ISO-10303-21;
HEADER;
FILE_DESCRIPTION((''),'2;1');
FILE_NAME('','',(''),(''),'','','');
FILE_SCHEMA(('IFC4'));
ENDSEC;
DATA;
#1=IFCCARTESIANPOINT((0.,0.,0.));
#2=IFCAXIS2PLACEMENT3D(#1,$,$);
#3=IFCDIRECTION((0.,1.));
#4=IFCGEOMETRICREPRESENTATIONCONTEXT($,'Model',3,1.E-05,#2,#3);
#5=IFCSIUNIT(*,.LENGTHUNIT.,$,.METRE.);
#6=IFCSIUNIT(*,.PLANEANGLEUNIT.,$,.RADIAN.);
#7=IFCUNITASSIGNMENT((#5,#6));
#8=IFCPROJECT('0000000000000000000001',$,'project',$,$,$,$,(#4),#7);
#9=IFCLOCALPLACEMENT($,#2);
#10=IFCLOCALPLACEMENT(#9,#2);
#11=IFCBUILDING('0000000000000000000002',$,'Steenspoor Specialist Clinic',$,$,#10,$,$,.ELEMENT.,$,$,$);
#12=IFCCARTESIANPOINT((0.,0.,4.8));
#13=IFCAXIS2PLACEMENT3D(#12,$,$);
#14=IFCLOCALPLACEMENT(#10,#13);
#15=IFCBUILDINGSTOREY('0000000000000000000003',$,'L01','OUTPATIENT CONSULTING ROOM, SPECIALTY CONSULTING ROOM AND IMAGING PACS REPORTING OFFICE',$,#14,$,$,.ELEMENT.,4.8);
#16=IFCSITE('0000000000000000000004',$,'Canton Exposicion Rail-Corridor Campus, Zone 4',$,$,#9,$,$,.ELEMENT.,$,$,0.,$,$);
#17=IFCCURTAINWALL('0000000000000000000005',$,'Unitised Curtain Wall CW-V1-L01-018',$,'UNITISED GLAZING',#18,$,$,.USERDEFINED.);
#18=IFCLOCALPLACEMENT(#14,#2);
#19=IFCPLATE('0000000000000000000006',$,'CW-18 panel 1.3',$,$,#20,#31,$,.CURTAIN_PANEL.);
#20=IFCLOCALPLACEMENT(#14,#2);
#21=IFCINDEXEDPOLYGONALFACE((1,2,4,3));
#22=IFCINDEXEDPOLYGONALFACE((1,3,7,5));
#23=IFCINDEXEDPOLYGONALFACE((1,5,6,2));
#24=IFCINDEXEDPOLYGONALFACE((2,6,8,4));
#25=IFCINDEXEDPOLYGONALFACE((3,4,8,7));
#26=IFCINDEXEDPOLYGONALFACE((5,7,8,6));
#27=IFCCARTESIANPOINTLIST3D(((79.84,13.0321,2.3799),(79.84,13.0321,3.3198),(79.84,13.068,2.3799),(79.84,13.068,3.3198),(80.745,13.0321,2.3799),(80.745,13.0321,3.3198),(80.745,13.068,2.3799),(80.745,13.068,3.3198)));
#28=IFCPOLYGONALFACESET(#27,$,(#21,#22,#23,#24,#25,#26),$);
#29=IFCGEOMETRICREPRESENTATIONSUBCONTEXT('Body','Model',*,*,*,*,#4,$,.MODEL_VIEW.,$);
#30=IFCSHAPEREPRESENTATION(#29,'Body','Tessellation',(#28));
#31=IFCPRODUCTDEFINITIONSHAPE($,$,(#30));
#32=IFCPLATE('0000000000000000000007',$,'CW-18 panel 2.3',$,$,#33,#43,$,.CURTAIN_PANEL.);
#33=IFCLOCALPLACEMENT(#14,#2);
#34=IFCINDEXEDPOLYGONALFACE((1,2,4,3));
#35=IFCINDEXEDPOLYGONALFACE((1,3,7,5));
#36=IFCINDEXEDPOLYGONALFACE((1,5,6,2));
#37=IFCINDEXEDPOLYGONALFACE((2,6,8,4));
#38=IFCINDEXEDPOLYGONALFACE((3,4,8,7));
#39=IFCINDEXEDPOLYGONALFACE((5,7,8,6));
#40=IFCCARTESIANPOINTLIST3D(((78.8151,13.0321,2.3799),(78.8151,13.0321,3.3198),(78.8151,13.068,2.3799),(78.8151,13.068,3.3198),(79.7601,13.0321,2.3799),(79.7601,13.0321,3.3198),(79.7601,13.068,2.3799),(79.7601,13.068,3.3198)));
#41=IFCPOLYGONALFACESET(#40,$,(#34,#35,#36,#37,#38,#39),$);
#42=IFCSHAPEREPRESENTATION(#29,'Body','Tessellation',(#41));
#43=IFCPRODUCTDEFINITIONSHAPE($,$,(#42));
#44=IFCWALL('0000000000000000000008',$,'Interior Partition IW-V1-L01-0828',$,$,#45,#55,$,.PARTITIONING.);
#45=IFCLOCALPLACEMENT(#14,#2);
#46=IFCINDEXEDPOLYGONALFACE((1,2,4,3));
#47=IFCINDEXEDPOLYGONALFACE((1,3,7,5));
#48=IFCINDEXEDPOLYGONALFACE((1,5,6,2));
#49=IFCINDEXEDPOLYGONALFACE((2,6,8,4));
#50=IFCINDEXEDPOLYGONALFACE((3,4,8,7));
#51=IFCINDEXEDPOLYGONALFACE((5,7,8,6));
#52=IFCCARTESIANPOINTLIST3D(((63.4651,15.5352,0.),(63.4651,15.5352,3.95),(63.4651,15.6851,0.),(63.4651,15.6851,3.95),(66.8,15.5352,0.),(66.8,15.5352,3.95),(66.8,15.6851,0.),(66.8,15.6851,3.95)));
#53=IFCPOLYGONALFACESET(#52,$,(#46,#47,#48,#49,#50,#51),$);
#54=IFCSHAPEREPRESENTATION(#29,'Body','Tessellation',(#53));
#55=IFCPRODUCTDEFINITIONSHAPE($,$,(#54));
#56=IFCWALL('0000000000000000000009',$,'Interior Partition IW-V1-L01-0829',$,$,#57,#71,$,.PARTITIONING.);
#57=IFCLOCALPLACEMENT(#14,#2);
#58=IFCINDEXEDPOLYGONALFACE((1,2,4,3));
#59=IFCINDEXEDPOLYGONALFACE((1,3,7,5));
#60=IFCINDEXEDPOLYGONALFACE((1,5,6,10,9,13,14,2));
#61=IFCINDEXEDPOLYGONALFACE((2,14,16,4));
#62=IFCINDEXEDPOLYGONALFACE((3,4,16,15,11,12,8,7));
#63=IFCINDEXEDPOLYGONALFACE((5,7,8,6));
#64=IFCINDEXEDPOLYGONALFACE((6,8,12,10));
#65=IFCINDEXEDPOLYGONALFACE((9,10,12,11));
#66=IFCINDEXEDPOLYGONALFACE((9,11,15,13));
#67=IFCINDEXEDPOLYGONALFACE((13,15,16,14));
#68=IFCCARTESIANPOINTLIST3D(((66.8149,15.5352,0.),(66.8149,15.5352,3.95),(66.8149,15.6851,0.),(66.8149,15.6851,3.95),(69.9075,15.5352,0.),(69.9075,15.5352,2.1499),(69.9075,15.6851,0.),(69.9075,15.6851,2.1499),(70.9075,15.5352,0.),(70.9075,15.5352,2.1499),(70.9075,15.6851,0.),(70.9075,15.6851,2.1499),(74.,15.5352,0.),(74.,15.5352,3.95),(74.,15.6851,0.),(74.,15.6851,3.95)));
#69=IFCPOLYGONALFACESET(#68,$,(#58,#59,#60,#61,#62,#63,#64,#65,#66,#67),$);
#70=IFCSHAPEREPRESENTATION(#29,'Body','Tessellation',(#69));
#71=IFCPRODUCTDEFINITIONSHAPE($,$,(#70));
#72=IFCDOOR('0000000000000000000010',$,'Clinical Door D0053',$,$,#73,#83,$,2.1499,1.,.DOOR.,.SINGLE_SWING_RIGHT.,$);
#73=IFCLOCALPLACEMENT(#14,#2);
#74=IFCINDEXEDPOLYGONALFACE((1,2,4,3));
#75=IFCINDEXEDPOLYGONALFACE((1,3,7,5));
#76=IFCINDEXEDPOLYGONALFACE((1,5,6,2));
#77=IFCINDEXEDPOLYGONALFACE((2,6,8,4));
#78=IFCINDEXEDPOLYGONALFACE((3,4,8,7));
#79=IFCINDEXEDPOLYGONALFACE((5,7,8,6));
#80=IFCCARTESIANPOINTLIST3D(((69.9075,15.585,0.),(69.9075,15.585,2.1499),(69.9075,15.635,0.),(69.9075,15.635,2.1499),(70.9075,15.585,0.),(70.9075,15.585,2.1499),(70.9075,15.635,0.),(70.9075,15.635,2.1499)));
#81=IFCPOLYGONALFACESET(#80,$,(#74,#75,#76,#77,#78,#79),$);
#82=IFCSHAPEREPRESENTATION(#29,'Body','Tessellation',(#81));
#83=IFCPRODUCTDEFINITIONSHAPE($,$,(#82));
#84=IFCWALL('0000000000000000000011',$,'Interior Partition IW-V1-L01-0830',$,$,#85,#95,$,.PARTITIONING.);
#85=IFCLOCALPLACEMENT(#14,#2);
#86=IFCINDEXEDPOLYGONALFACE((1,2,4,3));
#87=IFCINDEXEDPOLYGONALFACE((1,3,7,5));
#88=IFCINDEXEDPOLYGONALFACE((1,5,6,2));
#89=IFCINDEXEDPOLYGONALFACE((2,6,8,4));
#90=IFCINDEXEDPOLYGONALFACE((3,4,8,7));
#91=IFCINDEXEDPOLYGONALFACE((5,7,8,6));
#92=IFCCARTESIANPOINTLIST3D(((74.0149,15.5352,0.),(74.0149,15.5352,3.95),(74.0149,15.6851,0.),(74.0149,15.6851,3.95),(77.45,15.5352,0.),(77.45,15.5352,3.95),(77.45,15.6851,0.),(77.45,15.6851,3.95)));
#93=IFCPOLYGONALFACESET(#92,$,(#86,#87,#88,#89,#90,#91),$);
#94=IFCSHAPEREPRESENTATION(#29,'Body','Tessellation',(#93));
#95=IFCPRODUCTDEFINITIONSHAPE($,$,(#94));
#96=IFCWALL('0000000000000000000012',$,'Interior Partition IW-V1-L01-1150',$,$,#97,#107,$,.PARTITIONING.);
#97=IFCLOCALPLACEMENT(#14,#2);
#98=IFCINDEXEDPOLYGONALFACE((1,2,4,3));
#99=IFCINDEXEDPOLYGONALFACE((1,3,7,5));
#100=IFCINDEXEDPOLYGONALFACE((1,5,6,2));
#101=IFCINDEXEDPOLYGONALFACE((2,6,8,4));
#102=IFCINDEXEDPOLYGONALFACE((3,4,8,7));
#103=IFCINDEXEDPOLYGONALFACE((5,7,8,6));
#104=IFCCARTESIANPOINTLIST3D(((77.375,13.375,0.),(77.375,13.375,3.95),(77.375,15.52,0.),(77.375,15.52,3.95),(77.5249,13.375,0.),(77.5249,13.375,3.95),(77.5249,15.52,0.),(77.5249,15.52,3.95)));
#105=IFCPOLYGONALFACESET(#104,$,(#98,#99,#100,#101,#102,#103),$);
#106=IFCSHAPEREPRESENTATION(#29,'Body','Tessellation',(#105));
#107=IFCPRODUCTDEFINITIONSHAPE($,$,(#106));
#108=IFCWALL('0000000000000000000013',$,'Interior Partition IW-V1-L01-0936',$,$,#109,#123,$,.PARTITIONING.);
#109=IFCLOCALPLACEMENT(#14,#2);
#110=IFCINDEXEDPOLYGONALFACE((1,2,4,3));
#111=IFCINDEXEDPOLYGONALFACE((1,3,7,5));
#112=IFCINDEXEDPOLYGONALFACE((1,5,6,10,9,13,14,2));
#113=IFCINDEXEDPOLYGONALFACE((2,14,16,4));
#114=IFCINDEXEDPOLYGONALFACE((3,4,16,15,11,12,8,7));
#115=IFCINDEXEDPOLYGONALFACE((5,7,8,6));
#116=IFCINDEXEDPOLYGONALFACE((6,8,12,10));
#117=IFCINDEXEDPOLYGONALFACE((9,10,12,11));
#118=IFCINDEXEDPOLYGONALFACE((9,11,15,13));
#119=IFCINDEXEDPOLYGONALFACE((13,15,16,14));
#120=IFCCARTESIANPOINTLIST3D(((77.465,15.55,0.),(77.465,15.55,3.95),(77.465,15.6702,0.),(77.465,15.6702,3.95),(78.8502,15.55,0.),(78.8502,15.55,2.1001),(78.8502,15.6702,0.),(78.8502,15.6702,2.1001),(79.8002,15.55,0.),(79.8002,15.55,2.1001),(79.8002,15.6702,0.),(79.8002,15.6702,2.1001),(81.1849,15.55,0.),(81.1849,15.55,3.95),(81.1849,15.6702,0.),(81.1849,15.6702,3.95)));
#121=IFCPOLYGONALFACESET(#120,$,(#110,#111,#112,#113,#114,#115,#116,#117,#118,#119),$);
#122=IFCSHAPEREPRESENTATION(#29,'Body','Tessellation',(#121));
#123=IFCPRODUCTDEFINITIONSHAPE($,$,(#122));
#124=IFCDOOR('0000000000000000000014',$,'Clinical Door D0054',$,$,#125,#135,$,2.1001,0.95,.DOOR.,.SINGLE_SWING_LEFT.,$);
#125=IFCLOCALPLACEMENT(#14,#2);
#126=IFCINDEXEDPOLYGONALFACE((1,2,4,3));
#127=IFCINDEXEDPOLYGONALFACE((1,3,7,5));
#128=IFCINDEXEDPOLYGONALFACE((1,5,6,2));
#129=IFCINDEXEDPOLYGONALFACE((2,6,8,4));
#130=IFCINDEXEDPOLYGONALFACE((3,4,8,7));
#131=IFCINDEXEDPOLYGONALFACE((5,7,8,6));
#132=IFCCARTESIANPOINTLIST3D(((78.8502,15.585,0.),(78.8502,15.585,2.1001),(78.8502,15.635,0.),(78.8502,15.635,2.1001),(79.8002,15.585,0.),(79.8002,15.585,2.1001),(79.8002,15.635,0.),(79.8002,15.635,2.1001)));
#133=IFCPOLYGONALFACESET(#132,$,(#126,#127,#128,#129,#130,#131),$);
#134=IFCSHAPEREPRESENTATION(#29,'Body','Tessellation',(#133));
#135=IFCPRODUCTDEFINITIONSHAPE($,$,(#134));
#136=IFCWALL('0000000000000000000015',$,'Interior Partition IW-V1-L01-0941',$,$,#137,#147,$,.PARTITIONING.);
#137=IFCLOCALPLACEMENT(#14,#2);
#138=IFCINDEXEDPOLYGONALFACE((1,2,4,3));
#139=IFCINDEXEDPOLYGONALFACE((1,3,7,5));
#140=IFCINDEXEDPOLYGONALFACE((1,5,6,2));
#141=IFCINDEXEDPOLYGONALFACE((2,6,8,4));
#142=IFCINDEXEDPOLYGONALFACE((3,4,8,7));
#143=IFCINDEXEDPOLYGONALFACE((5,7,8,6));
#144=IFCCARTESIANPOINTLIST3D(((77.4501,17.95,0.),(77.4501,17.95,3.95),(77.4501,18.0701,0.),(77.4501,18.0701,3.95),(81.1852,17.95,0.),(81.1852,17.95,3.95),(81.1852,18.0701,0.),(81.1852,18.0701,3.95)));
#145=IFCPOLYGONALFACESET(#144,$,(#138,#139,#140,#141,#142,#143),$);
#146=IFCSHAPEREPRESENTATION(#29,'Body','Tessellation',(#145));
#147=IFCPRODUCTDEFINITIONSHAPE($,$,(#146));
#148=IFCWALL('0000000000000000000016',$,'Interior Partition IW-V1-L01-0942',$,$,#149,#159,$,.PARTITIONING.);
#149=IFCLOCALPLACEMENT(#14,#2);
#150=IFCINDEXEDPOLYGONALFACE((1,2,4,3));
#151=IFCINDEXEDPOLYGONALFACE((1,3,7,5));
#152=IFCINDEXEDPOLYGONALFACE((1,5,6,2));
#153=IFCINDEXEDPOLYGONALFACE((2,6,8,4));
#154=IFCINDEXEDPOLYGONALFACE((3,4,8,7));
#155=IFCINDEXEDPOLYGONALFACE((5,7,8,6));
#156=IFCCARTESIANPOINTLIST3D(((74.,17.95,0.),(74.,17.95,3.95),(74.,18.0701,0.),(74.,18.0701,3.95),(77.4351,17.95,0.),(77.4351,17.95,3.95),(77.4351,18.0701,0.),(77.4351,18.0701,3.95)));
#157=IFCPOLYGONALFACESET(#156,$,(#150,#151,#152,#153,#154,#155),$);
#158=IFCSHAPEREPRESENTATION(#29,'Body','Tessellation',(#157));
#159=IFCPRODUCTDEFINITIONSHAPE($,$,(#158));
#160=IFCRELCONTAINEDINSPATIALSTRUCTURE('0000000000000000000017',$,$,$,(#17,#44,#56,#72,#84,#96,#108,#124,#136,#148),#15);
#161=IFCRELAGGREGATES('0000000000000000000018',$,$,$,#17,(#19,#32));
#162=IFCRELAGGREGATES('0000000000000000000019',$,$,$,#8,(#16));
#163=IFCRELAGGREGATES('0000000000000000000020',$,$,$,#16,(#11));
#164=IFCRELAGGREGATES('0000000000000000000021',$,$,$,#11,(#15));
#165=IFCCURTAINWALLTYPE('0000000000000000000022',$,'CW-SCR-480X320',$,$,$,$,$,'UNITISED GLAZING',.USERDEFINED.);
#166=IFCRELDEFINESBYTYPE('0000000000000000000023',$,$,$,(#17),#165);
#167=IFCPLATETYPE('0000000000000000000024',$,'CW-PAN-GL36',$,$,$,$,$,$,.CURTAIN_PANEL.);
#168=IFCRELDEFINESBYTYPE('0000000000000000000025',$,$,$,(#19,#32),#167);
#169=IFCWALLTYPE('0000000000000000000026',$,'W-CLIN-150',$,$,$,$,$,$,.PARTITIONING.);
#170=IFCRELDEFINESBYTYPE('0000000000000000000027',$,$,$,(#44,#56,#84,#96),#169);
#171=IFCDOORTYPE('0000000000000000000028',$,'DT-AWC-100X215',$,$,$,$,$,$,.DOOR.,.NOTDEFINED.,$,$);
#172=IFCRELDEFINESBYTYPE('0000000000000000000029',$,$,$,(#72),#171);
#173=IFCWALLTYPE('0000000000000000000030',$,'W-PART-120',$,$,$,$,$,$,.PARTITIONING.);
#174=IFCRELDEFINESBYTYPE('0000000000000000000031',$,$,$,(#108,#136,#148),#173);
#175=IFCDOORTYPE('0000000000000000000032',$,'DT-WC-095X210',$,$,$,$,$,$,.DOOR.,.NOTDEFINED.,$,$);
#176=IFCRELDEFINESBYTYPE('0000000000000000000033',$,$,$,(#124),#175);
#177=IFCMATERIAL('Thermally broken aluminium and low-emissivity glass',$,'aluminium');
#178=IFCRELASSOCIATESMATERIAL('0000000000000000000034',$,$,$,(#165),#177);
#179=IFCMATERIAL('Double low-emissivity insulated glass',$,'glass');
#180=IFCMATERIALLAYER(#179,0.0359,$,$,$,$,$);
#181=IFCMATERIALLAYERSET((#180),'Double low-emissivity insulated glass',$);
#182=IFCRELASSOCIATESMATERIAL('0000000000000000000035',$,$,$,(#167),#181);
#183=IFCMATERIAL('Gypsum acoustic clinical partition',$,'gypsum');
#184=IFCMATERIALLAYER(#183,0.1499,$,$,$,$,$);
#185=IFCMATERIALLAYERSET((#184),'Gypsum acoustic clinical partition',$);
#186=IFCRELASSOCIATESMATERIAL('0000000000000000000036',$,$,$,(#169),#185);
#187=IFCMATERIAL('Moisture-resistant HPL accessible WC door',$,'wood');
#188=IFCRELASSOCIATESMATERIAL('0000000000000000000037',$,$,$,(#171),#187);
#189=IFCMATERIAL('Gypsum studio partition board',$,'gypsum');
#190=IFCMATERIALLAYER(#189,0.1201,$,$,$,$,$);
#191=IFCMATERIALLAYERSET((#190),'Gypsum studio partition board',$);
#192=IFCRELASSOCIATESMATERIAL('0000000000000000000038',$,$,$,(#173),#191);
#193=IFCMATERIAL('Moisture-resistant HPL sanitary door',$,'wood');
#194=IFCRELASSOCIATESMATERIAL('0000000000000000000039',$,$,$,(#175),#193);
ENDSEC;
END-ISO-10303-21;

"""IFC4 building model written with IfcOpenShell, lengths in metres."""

from ifc_helpers import new_model, si_unit, direction, frame, frame_2d, origin, origin_2d, place, context, subcontext, project, spatial, rectangle, extrude, material, layer, layer_set, type_object, element, fill, aggregate, save


model = new_model("IFC4")

# Units and contexts
model_context = context("Model", 3, precision=1e-05, world=origin(), true_north=direction((0.0, 1.0)))
body_context = subcontext(model_context, "Body", "Model", "MODEL_VIEW")
ifc_project = project(units=[si_unit("LENGTHUNIT", "METRE"), si_unit("PLANEANGLEUNIT", "RADIAN")], contexts=[model_context])

# Site, building, storey
site_placement = place(None, origin())
site = spatial("IfcSite", under=ifc_project, at=site_placement, Name="Canton Exposicion Rail-Corridor Campus, Zone 4", CompositionType="ELEMENT", RefElevation=0.0)
building_placement = place(site_placement, origin())
building = spatial("IfcBuilding", under=site, at=building_placement, Name="Steenspoor Specialist Clinic", CompositionType="ELEMENT")
storey_placement = place(building_placement, frame((0.0, 0.0, 4.8)))
storey = spatial("IfcBuildingStorey", under=building, at=storey_placement, Name="L01", Description="OUTPATIENT CONSULTING ROOM, SPECIALTY CONSULTING ROOM AND IMAGING PACS REPORTING OFFICE", CompositionType="ELEMENT", Elevation=4.8)

# Curtain wall
ifc_material_1 = material(Name="Thermally broken aluminium and low-emissivity glass", Category="aluminium")
curtain_wall_type = type_object("IfcCurtainWallType", Name="CW-SCR-480X320", ElementType="UNITISED GLAZING", PredefinedType="USERDEFINED", material=ifc_material_1)
curtain_wall_placement = place(storey_placement, origin())
curtain_wall = element("IfcCurtainWall", 1, at=curtain_wall_placement, inside=storey, type_object=curtain_wall_type, Name="Unitised Curtain Wall CW-V1-L01-018", ObjectType="UNITISED GLAZING", PredefinedType="USERDEFINED")

# Plates
ifc_material_2 = material(Name="Double low-emissivity insulated glass", Category="glass")
ifc_layer_1 = layer(ifc_material_2, 0.0359)
ifc_layer_set_1 = layer_set([ifc_layer_1], Name="Double low-emissivity insulated glass")
plate_type = type_object("IfcPlateType", Name="CW-PAN-GL36", PredefinedType="CURTAIN_PANEL", material=ifc_layer_set_1)
plate_1_placement = place(storey_placement, frame((80.2925, 13.05, 2.3799), z_axis=(0.0, 0.0, 1.0), x_axis=(-1.0, 0.0, 0.0)))
plate_1 = element("IfcPlate", 2, at=plate_1_placement, type_object=plate_type, Name="CW-18 panel 1.3", PredefinedType="CURTAIN_PANEL", context=body_context, shape_type="SweptSolid", body=[
    extrude(rectangle(XDim=0.905, YDim=0.0359, at=origin_2d()), origin(), (0.0, 0.0, 1.0), 0.9399),
])
plate_2_placement = place(storey_placement, frame((79.2876, 13.05, 2.3799), z_axis=(0.0, 0.0, 1.0), x_axis=(-1.0, 0.0, 0.0)))
plate_2 = element("IfcPlate", 3, at=plate_2_placement, type_object=plate_type, Name="CW-18 panel 2.3", PredefinedType="CURTAIN_PANEL", context=body_context, shape_type="SweptSolid", body=[
    extrude(rectangle(XDim=0.9451, YDim=0.0359, at=origin_2d()), origin(), (0.0, 0.0, 1.0), 0.9399),
])
aggregate(curtain_wall, [plate_1, plate_2])

# Wall
ifc_material_3 = material(Name="Gypsum acoustic clinical partition", Category="gypsum")
ifc_layer_2 = layer(ifc_material_3, 0.1499)
ifc_layer_set_2 = layer_set([ifc_layer_2], Name="Gypsum acoustic clinical partition")
wall_type_1 = type_object("IfcWallType", Name="W-CLIN-150", PredefinedType="PARTITIONING", material=ifc_layer_set_2)
wall_1_placement = place(storey_placement, frame((63.4651, 15.6101, 0.0), z_axis=(0.0, 0.0, 1.0), x_axis=(1.0, 0.0, 0.0)))
element("IfcWall", 4, at=wall_1_placement, inside=storey, type_object=wall_type_1, Name="Interior Partition IW-V1-L01-0828", PredefinedType="PARTITIONING", context=body_context, shape_type="SweptSolid", body=[
    extrude(rectangle(XDim=3.335, YDim=0.1499, at=frame_2d((1.6675, 0.0))), origin(), (0.0, 0.0, 1.0), 3.95),
])

# Wall, opening, door
wall_2_placement = place(storey_placement, frame((66.8149, 15.6101, 0.0), z_axis=(0.0, 0.0, 1.0), x_axis=(1.0, 0.0, 0.0)))
wall_2 = element("IfcWall", 5, at=wall_2_placement, inside=storey, type_object=wall_type_1, Name="Interior Partition IW-V1-L01-0829", PredefinedType="PARTITIONING", context=body_context, shape_type="SweptSolid", body=[
    extrude(rectangle(XDim=7.1851, YDim=0.1499, at=frame_2d((3.5925, 0.0))), origin(), (0.0, 0.0, 1.0), 3.95),
])
opening_1_placement = place(wall_2_placement, frame((3.0925, 0.0, 0.0)))
opening_1 = element("IfcOpeningElement", 6, at=opening_1_placement, cuts=wall_2, PredefinedType="OPENING", context=body_context, shape_type="SweptSolid", body=[
    extrude(rectangle(XDim=1.0, YDim=2.1499, at=frame_2d((0.5, 1.075))), frame((0.0, 0.085, 0.0), z_axis=(0.0, -1.0, 0.0), x_axis=(1.0, 0.0, 0.0)), (0.0, 0.0, 1.0), 0.1699),
])
ifc_material_4 = material(Name="Moisture-resistant HPL accessible WC door", Category="wood")
door_type_1 = type_object("IfcDoorType", Name="DT-AWC-100X215", OperationType="NOTDEFINED", PredefinedType="DOOR", material=ifc_material_4)
door_1_placement = place(opening_1_placement, origin())
door_1 = element("IfcDoor", 7, at=door_1_placement, inside=storey, type_object=door_type_1, Name="Clinical Door D0053", OperationType="SINGLE_SWING_RIGHT", OverallHeight=2.1499, OverallWidth=1.0, PredefinedType="DOOR", context=body_context, shape_type="SweptSolid", body=[
    extrude(rectangle(XDim=1.0, YDim=2.1499, at=frame_2d((0.5, 1.075))), frame((0.0, 0.0249, 0.0), z_axis=(0.0, -1.0, 0.0), x_axis=(1.0, 0.0, 0.0)), (0.0, 0.0, 1.0), 0.05),
])
fill(opening_1, door_1)

# Walls
wall_3_placement = place(storey_placement, frame((74.0149, 15.6101, 0.0), z_axis=(0.0, 0.0, 1.0), x_axis=(1.0, 0.0, 0.0)))
element("IfcWall", 8, at=wall_3_placement, inside=storey, type_object=wall_type_1, Name="Interior Partition IW-V1-L01-0830", PredefinedType="PARTITIONING", context=body_context, shape_type="SweptSolid", body=[
    extrude(rectangle(XDim=3.4351, YDim=0.1499, at=frame_2d((1.7175, 0.0))), origin(), (0.0, 0.0, 1.0), 3.95),
])
wall_4_placement = place(storey_placement, frame((77.45, 13.375, 0.0), z_axis=(0.0, 0.0, 1.0), x_axis=(0.0, 1.0, 0.0)))
element("IfcWall", 9, at=wall_4_placement, inside=storey, type_object=wall_type_1, Name="Interior Partition IW-V1-L01-1150", PredefinedType="PARTITIONING", context=body_context, shape_type="SweptSolid", body=[
    extrude(rectangle(XDim=2.145, YDim=0.1499, at=frame_2d((1.0725, 0.0))), origin(), (0.0, 0.0, 1.0), 3.95),
])

# Wall, opening, door
ifc_material_5 = material(Name="Gypsum studio partition board", Category="gypsum")
ifc_layer_3 = layer(ifc_material_5, 0.1201)
ifc_layer_set_3 = layer_set([ifc_layer_3], Name="Gypsum studio partition board")
wall_type_2 = type_object("IfcWallType", Name="W-PART-120", PredefinedType="PARTITIONING", material=ifc_layer_set_3)
wall_5_placement = place(storey_placement, frame((77.4651, 15.6101, 0.0), z_axis=(0.0, 0.0, 1.0), x_axis=(1.0, 0.0, 0.0)))
wall_5 = element("IfcWall", 10, at=wall_5_placement, inside=storey, type_object=wall_type_2, Name="Interior Partition IW-V1-L01-0936", PredefinedType="PARTITIONING", context=body_context, shape_type="SweptSolid", body=[
    extrude(rectangle(XDim=3.72, YDim=0.1201, at=frame_2d((1.8599, 0.0))), origin(), (0.0, 0.0, 1.0), 3.95),
])
opening_2_placement = place(wall_5_placement, frame((1.385, 0.0, 0.0)))
opening_2 = element("IfcOpeningElement", 11, at=opening_2_placement, cuts=wall_5, PredefinedType="OPENING", context=body_context, shape_type="SweptSolid", body=[
    extrude(rectangle(XDim=0.95, YDim=2.1001, at=frame_2d((0.4751, 1.05))), frame((0.0, 0.0701, 0.0), z_axis=(0.0, -1.0, 0.0), x_axis=(1.0, 0.0, 0.0)), (0.0, 0.0, 1.0), 0.1401),
])
ifc_material_6 = material(Name="Moisture-resistant HPL sanitary door", Category="wood")
door_type_2 = type_object("IfcDoorType", Name="DT-WC-095X210", OperationType="NOTDEFINED", PredefinedType="DOOR", material=ifc_material_6)
door_2_placement = place(opening_2_placement, origin())
door_2 = element("IfcDoor", 12, at=door_2_placement, inside=storey, type_object=door_type_2, Name="Clinical Door D0054", OperationType="SINGLE_SWING_LEFT", OverallHeight=2.1001, OverallWidth=0.95, PredefinedType="DOOR", context=body_context, shape_type="SweptSolid", body=[
    extrude(rectangle(XDim=0.95, YDim=2.1001, at=frame_2d((0.4751, 1.05))), frame((0.0, 0.0249, 0.0), z_axis=(0.0, -1.0, 0.0), x_axis=(1.0, 0.0, 0.0)), (0.0, 0.0, 1.0), 0.05),
])
fill(opening_2, door_2)

# Walls
wall_6_placement = place(storey_placement, frame((77.45, 18.01, 0.0), z_axis=(0.0, 0.0, 1.0), x_axis=(1.0, 0.0, 0.0)))
element("IfcWall", 13, at=wall_6_placement, inside=storey, type_object=wall_type_2, Name="Interior Partition IW-V1-L01-0941", PredefinedType="PARTITIONING", context=body_context, shape_type="SweptSolid", body=[
    extrude(rectangle(XDim=3.7351, YDim=0.1201, at=frame_2d((1.8677, 0.0))), origin(), (0.0, 0.0, 1.0), 3.95),
])
wall_7_placement = place(storey_placement, frame((74.0, 18.01, 0.0), z_axis=(0.0, 0.0, 1.0), x_axis=(1.0, 0.0, 0.0)))
element("IfcWall", 14, at=wall_7_placement, inside=storey, type_object=wall_type_2, Name="Interior Partition IW-V1-L01-0942", PredefinedType="PARTITIONING", context=body_context, shape_type="SweptSolid", body=[
    extrude(rectangle(XDim=3.4351, YDim=0.1201, at=frame_2d((1.7175, 0.0))), origin(), (0.0, 0.0, 1.0), 3.95),
])

save(model, "model.ifc")
